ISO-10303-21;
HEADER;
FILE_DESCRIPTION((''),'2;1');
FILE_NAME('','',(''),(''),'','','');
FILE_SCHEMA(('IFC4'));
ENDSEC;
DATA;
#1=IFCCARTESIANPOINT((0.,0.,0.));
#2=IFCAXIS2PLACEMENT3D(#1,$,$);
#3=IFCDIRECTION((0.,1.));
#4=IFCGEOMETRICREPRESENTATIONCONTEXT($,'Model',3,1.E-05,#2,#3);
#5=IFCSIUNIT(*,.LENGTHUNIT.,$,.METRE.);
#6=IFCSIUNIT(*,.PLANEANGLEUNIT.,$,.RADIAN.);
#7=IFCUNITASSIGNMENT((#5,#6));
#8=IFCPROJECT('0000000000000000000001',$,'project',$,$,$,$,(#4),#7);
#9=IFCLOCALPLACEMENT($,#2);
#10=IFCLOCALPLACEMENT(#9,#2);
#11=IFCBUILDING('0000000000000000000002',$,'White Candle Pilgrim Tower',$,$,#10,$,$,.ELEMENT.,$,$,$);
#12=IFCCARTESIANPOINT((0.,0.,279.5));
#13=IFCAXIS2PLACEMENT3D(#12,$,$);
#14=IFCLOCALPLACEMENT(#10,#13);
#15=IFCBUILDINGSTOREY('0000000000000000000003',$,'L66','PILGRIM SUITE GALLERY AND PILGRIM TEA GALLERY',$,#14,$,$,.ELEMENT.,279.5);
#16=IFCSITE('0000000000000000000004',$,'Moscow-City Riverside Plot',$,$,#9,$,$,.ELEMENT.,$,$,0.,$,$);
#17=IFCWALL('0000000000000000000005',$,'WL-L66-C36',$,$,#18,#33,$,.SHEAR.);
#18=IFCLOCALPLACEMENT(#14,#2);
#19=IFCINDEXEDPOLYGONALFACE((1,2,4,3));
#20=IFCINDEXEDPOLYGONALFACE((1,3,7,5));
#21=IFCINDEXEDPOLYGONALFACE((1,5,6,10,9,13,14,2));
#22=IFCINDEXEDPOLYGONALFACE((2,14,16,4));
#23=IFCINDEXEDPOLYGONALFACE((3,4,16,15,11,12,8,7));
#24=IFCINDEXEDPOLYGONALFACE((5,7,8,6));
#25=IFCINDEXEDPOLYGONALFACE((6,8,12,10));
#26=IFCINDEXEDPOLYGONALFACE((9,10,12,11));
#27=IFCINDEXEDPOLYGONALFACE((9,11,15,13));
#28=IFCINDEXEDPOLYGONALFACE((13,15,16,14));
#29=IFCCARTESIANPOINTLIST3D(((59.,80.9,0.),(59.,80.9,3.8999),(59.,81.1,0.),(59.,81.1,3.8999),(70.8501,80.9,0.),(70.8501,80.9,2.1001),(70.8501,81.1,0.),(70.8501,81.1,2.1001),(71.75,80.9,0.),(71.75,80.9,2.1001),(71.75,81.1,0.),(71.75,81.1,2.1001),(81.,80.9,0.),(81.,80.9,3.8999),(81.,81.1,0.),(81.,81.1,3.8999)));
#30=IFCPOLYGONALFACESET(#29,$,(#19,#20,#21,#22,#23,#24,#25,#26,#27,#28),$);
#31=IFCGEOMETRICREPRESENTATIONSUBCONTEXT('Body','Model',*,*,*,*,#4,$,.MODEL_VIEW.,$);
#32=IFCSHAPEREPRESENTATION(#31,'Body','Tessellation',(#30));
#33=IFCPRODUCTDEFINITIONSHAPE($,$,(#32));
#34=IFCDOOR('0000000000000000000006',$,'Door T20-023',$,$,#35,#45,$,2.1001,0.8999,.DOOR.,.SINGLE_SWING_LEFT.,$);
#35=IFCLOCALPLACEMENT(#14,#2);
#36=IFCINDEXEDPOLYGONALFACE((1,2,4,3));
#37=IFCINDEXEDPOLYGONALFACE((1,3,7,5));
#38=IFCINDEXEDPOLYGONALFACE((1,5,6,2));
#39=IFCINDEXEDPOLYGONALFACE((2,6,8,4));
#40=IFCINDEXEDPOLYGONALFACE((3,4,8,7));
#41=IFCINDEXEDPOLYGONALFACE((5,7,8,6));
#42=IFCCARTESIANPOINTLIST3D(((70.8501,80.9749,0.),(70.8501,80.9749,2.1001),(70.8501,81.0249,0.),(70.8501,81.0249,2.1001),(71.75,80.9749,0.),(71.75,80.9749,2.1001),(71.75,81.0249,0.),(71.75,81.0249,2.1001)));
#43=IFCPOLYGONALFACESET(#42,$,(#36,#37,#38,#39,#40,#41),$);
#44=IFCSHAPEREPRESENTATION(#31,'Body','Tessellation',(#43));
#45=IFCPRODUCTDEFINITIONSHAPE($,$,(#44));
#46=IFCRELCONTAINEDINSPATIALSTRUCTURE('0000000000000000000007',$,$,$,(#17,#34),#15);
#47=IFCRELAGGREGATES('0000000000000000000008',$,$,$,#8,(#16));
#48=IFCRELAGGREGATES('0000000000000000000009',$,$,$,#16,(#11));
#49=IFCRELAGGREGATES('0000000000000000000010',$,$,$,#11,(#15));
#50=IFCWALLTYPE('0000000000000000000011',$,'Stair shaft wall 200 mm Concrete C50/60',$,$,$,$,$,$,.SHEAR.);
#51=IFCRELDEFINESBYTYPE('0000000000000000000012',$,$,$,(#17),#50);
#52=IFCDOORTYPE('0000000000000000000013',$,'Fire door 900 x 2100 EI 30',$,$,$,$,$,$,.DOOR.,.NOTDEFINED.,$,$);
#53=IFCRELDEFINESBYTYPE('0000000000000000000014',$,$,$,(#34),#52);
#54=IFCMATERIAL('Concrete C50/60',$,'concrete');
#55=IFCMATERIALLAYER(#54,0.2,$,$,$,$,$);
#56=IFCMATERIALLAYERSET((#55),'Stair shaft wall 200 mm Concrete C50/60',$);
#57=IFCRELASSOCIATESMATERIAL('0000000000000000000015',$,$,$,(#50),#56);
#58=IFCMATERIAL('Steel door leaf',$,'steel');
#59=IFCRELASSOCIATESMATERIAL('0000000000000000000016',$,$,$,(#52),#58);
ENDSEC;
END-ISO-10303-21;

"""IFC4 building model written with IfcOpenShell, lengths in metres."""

from ifc_helpers import new_model, si_unit, direction, frame, frame_2d, origin, place, context, subcontext, project, spatial, rectangle, extrude, material, layer, layer_set, type_object, element, fill, save


model = new_model("IFC4")

# Units and contexts
model_context = context("Model", 3, precision=1e-05, world=origin(), true_north=direction((0.0, 1.0)))
body_context = subcontext(model_context, "Body", "Model", "MODEL_VIEW")
ifc_project = project(units=[si_unit("LENGTHUNIT", "METRE"), si_unit("PLANEANGLEUNIT", "RADIAN")], contexts=[model_context])

# Site, building, storey
site_placement = place(None, origin())
site = spatial("IfcSite", under=ifc_project, at=site_placement, Name="Moscow-City Riverside Plot", CompositionType="ELEMENT", RefElevation=0.0)
building_placement = place(site_placement, origin())
building = spatial("IfcBuilding", under=site, at=building_placement, Name="White Candle Pilgrim Tower", CompositionType="ELEMENT")
storey_placement = place(building_placement, frame((0.0, 0.0, 279.5)))
storey = spatial("IfcBuildingStorey", under=building, at=storey_placement, Name="L66", Description="PILGRIM SUITE GALLERY AND PILGRIM TEA GALLERY", CompositionType="ELEMENT", Elevation=279.5)

# Shared definitions
ifc_material_1 = material(Name="Concrete C50/60", Category="concrete")

# Wall, opening, door
ifc_layer_1 = layer(ifc_material_1, 0.2)
ifc_layer_set_1 = layer_set([ifc_layer_1], Name="Stair shaft wall 200 mm Concrete C50/60")
wall_type_1 = type_object("IfcWallType", Name="Stair shaft wall 200 mm Concrete C50/60", PredefinedType="SHEAR", material=ifc_layer_set_1)
wall_1_placement = place(storey_placement, frame((59.0, 81.0, 0.0), z_axis=(0.0, 0.0, 1.0), x_axis=(1.0, 0.0, 0.0)))
wall_1 = element("IfcWall", 1, at=wall_1_placement, inside=storey, type_object=wall_type_1, Name="WL-L66-C36", PredefinedType="SHEAR", context=body_context, shape_type="SweptSolid", body=[
    extrude(rectangle(XDim=22.0, YDim=0.2, at=frame_2d((11.0, 0.0))), origin(), (0.0, 0.0, 1.0), 3.8999),
])
opening_1_placement = place(wall_1_placement, frame((11.8501, 0.0, 0.0)))
opening_1 = element("IfcOpeningElement", 2, at=opening_1_placement, cuts=wall_1, PredefinedType="OPENING", context=body_context, shape_type="SweptSolid", body=[
    extrude(rectangle(XDim=0.8999, YDim=2.1001, at=frame_2d((0.45, 1.05))), frame((0.0, 0.1099, 0.0), z_axis=(0.0, -1.0, 0.0), x_axis=(1.0, 0.0, 0.0)), (0.0, 0.0, 1.0), 0.22),
])
ifc_material_2 = material(Name="Steel door leaf", Category="steel")
door_type_1 = type_object("IfcDoorType", Name="Fire door 900 x 2100 EI 30", OperationType="NOTDEFINED", PredefinedType="DOOR", material=ifc_material_2)
door_1_placement = place(opening_1_placement, origin())
door_1 = element("IfcDoor", 3, at=door_1_placement, inside=storey, type_object=door_type_1, Name="Door T20-023", OperationType="SINGLE_SWING_LEFT", OverallHeight=2.1001, OverallWidth=0.8999, PredefinedType="DOOR", context=body_context, shape_type="SweptSolid", body=[
    extrude(rectangle(XDim=0.8999, YDim=2.1001, at=frame_2d((0.45, 1.05))), frame((0.0, 0.0249, 0.0), z_axis=(0.0, -1.0, 0.0), x_axis=(1.0, 0.0, 0.0)), (0.0, 0.0, 1.0), 0.05),
])
fill(opening_1, door_1)

save(model, "model.ifc")
